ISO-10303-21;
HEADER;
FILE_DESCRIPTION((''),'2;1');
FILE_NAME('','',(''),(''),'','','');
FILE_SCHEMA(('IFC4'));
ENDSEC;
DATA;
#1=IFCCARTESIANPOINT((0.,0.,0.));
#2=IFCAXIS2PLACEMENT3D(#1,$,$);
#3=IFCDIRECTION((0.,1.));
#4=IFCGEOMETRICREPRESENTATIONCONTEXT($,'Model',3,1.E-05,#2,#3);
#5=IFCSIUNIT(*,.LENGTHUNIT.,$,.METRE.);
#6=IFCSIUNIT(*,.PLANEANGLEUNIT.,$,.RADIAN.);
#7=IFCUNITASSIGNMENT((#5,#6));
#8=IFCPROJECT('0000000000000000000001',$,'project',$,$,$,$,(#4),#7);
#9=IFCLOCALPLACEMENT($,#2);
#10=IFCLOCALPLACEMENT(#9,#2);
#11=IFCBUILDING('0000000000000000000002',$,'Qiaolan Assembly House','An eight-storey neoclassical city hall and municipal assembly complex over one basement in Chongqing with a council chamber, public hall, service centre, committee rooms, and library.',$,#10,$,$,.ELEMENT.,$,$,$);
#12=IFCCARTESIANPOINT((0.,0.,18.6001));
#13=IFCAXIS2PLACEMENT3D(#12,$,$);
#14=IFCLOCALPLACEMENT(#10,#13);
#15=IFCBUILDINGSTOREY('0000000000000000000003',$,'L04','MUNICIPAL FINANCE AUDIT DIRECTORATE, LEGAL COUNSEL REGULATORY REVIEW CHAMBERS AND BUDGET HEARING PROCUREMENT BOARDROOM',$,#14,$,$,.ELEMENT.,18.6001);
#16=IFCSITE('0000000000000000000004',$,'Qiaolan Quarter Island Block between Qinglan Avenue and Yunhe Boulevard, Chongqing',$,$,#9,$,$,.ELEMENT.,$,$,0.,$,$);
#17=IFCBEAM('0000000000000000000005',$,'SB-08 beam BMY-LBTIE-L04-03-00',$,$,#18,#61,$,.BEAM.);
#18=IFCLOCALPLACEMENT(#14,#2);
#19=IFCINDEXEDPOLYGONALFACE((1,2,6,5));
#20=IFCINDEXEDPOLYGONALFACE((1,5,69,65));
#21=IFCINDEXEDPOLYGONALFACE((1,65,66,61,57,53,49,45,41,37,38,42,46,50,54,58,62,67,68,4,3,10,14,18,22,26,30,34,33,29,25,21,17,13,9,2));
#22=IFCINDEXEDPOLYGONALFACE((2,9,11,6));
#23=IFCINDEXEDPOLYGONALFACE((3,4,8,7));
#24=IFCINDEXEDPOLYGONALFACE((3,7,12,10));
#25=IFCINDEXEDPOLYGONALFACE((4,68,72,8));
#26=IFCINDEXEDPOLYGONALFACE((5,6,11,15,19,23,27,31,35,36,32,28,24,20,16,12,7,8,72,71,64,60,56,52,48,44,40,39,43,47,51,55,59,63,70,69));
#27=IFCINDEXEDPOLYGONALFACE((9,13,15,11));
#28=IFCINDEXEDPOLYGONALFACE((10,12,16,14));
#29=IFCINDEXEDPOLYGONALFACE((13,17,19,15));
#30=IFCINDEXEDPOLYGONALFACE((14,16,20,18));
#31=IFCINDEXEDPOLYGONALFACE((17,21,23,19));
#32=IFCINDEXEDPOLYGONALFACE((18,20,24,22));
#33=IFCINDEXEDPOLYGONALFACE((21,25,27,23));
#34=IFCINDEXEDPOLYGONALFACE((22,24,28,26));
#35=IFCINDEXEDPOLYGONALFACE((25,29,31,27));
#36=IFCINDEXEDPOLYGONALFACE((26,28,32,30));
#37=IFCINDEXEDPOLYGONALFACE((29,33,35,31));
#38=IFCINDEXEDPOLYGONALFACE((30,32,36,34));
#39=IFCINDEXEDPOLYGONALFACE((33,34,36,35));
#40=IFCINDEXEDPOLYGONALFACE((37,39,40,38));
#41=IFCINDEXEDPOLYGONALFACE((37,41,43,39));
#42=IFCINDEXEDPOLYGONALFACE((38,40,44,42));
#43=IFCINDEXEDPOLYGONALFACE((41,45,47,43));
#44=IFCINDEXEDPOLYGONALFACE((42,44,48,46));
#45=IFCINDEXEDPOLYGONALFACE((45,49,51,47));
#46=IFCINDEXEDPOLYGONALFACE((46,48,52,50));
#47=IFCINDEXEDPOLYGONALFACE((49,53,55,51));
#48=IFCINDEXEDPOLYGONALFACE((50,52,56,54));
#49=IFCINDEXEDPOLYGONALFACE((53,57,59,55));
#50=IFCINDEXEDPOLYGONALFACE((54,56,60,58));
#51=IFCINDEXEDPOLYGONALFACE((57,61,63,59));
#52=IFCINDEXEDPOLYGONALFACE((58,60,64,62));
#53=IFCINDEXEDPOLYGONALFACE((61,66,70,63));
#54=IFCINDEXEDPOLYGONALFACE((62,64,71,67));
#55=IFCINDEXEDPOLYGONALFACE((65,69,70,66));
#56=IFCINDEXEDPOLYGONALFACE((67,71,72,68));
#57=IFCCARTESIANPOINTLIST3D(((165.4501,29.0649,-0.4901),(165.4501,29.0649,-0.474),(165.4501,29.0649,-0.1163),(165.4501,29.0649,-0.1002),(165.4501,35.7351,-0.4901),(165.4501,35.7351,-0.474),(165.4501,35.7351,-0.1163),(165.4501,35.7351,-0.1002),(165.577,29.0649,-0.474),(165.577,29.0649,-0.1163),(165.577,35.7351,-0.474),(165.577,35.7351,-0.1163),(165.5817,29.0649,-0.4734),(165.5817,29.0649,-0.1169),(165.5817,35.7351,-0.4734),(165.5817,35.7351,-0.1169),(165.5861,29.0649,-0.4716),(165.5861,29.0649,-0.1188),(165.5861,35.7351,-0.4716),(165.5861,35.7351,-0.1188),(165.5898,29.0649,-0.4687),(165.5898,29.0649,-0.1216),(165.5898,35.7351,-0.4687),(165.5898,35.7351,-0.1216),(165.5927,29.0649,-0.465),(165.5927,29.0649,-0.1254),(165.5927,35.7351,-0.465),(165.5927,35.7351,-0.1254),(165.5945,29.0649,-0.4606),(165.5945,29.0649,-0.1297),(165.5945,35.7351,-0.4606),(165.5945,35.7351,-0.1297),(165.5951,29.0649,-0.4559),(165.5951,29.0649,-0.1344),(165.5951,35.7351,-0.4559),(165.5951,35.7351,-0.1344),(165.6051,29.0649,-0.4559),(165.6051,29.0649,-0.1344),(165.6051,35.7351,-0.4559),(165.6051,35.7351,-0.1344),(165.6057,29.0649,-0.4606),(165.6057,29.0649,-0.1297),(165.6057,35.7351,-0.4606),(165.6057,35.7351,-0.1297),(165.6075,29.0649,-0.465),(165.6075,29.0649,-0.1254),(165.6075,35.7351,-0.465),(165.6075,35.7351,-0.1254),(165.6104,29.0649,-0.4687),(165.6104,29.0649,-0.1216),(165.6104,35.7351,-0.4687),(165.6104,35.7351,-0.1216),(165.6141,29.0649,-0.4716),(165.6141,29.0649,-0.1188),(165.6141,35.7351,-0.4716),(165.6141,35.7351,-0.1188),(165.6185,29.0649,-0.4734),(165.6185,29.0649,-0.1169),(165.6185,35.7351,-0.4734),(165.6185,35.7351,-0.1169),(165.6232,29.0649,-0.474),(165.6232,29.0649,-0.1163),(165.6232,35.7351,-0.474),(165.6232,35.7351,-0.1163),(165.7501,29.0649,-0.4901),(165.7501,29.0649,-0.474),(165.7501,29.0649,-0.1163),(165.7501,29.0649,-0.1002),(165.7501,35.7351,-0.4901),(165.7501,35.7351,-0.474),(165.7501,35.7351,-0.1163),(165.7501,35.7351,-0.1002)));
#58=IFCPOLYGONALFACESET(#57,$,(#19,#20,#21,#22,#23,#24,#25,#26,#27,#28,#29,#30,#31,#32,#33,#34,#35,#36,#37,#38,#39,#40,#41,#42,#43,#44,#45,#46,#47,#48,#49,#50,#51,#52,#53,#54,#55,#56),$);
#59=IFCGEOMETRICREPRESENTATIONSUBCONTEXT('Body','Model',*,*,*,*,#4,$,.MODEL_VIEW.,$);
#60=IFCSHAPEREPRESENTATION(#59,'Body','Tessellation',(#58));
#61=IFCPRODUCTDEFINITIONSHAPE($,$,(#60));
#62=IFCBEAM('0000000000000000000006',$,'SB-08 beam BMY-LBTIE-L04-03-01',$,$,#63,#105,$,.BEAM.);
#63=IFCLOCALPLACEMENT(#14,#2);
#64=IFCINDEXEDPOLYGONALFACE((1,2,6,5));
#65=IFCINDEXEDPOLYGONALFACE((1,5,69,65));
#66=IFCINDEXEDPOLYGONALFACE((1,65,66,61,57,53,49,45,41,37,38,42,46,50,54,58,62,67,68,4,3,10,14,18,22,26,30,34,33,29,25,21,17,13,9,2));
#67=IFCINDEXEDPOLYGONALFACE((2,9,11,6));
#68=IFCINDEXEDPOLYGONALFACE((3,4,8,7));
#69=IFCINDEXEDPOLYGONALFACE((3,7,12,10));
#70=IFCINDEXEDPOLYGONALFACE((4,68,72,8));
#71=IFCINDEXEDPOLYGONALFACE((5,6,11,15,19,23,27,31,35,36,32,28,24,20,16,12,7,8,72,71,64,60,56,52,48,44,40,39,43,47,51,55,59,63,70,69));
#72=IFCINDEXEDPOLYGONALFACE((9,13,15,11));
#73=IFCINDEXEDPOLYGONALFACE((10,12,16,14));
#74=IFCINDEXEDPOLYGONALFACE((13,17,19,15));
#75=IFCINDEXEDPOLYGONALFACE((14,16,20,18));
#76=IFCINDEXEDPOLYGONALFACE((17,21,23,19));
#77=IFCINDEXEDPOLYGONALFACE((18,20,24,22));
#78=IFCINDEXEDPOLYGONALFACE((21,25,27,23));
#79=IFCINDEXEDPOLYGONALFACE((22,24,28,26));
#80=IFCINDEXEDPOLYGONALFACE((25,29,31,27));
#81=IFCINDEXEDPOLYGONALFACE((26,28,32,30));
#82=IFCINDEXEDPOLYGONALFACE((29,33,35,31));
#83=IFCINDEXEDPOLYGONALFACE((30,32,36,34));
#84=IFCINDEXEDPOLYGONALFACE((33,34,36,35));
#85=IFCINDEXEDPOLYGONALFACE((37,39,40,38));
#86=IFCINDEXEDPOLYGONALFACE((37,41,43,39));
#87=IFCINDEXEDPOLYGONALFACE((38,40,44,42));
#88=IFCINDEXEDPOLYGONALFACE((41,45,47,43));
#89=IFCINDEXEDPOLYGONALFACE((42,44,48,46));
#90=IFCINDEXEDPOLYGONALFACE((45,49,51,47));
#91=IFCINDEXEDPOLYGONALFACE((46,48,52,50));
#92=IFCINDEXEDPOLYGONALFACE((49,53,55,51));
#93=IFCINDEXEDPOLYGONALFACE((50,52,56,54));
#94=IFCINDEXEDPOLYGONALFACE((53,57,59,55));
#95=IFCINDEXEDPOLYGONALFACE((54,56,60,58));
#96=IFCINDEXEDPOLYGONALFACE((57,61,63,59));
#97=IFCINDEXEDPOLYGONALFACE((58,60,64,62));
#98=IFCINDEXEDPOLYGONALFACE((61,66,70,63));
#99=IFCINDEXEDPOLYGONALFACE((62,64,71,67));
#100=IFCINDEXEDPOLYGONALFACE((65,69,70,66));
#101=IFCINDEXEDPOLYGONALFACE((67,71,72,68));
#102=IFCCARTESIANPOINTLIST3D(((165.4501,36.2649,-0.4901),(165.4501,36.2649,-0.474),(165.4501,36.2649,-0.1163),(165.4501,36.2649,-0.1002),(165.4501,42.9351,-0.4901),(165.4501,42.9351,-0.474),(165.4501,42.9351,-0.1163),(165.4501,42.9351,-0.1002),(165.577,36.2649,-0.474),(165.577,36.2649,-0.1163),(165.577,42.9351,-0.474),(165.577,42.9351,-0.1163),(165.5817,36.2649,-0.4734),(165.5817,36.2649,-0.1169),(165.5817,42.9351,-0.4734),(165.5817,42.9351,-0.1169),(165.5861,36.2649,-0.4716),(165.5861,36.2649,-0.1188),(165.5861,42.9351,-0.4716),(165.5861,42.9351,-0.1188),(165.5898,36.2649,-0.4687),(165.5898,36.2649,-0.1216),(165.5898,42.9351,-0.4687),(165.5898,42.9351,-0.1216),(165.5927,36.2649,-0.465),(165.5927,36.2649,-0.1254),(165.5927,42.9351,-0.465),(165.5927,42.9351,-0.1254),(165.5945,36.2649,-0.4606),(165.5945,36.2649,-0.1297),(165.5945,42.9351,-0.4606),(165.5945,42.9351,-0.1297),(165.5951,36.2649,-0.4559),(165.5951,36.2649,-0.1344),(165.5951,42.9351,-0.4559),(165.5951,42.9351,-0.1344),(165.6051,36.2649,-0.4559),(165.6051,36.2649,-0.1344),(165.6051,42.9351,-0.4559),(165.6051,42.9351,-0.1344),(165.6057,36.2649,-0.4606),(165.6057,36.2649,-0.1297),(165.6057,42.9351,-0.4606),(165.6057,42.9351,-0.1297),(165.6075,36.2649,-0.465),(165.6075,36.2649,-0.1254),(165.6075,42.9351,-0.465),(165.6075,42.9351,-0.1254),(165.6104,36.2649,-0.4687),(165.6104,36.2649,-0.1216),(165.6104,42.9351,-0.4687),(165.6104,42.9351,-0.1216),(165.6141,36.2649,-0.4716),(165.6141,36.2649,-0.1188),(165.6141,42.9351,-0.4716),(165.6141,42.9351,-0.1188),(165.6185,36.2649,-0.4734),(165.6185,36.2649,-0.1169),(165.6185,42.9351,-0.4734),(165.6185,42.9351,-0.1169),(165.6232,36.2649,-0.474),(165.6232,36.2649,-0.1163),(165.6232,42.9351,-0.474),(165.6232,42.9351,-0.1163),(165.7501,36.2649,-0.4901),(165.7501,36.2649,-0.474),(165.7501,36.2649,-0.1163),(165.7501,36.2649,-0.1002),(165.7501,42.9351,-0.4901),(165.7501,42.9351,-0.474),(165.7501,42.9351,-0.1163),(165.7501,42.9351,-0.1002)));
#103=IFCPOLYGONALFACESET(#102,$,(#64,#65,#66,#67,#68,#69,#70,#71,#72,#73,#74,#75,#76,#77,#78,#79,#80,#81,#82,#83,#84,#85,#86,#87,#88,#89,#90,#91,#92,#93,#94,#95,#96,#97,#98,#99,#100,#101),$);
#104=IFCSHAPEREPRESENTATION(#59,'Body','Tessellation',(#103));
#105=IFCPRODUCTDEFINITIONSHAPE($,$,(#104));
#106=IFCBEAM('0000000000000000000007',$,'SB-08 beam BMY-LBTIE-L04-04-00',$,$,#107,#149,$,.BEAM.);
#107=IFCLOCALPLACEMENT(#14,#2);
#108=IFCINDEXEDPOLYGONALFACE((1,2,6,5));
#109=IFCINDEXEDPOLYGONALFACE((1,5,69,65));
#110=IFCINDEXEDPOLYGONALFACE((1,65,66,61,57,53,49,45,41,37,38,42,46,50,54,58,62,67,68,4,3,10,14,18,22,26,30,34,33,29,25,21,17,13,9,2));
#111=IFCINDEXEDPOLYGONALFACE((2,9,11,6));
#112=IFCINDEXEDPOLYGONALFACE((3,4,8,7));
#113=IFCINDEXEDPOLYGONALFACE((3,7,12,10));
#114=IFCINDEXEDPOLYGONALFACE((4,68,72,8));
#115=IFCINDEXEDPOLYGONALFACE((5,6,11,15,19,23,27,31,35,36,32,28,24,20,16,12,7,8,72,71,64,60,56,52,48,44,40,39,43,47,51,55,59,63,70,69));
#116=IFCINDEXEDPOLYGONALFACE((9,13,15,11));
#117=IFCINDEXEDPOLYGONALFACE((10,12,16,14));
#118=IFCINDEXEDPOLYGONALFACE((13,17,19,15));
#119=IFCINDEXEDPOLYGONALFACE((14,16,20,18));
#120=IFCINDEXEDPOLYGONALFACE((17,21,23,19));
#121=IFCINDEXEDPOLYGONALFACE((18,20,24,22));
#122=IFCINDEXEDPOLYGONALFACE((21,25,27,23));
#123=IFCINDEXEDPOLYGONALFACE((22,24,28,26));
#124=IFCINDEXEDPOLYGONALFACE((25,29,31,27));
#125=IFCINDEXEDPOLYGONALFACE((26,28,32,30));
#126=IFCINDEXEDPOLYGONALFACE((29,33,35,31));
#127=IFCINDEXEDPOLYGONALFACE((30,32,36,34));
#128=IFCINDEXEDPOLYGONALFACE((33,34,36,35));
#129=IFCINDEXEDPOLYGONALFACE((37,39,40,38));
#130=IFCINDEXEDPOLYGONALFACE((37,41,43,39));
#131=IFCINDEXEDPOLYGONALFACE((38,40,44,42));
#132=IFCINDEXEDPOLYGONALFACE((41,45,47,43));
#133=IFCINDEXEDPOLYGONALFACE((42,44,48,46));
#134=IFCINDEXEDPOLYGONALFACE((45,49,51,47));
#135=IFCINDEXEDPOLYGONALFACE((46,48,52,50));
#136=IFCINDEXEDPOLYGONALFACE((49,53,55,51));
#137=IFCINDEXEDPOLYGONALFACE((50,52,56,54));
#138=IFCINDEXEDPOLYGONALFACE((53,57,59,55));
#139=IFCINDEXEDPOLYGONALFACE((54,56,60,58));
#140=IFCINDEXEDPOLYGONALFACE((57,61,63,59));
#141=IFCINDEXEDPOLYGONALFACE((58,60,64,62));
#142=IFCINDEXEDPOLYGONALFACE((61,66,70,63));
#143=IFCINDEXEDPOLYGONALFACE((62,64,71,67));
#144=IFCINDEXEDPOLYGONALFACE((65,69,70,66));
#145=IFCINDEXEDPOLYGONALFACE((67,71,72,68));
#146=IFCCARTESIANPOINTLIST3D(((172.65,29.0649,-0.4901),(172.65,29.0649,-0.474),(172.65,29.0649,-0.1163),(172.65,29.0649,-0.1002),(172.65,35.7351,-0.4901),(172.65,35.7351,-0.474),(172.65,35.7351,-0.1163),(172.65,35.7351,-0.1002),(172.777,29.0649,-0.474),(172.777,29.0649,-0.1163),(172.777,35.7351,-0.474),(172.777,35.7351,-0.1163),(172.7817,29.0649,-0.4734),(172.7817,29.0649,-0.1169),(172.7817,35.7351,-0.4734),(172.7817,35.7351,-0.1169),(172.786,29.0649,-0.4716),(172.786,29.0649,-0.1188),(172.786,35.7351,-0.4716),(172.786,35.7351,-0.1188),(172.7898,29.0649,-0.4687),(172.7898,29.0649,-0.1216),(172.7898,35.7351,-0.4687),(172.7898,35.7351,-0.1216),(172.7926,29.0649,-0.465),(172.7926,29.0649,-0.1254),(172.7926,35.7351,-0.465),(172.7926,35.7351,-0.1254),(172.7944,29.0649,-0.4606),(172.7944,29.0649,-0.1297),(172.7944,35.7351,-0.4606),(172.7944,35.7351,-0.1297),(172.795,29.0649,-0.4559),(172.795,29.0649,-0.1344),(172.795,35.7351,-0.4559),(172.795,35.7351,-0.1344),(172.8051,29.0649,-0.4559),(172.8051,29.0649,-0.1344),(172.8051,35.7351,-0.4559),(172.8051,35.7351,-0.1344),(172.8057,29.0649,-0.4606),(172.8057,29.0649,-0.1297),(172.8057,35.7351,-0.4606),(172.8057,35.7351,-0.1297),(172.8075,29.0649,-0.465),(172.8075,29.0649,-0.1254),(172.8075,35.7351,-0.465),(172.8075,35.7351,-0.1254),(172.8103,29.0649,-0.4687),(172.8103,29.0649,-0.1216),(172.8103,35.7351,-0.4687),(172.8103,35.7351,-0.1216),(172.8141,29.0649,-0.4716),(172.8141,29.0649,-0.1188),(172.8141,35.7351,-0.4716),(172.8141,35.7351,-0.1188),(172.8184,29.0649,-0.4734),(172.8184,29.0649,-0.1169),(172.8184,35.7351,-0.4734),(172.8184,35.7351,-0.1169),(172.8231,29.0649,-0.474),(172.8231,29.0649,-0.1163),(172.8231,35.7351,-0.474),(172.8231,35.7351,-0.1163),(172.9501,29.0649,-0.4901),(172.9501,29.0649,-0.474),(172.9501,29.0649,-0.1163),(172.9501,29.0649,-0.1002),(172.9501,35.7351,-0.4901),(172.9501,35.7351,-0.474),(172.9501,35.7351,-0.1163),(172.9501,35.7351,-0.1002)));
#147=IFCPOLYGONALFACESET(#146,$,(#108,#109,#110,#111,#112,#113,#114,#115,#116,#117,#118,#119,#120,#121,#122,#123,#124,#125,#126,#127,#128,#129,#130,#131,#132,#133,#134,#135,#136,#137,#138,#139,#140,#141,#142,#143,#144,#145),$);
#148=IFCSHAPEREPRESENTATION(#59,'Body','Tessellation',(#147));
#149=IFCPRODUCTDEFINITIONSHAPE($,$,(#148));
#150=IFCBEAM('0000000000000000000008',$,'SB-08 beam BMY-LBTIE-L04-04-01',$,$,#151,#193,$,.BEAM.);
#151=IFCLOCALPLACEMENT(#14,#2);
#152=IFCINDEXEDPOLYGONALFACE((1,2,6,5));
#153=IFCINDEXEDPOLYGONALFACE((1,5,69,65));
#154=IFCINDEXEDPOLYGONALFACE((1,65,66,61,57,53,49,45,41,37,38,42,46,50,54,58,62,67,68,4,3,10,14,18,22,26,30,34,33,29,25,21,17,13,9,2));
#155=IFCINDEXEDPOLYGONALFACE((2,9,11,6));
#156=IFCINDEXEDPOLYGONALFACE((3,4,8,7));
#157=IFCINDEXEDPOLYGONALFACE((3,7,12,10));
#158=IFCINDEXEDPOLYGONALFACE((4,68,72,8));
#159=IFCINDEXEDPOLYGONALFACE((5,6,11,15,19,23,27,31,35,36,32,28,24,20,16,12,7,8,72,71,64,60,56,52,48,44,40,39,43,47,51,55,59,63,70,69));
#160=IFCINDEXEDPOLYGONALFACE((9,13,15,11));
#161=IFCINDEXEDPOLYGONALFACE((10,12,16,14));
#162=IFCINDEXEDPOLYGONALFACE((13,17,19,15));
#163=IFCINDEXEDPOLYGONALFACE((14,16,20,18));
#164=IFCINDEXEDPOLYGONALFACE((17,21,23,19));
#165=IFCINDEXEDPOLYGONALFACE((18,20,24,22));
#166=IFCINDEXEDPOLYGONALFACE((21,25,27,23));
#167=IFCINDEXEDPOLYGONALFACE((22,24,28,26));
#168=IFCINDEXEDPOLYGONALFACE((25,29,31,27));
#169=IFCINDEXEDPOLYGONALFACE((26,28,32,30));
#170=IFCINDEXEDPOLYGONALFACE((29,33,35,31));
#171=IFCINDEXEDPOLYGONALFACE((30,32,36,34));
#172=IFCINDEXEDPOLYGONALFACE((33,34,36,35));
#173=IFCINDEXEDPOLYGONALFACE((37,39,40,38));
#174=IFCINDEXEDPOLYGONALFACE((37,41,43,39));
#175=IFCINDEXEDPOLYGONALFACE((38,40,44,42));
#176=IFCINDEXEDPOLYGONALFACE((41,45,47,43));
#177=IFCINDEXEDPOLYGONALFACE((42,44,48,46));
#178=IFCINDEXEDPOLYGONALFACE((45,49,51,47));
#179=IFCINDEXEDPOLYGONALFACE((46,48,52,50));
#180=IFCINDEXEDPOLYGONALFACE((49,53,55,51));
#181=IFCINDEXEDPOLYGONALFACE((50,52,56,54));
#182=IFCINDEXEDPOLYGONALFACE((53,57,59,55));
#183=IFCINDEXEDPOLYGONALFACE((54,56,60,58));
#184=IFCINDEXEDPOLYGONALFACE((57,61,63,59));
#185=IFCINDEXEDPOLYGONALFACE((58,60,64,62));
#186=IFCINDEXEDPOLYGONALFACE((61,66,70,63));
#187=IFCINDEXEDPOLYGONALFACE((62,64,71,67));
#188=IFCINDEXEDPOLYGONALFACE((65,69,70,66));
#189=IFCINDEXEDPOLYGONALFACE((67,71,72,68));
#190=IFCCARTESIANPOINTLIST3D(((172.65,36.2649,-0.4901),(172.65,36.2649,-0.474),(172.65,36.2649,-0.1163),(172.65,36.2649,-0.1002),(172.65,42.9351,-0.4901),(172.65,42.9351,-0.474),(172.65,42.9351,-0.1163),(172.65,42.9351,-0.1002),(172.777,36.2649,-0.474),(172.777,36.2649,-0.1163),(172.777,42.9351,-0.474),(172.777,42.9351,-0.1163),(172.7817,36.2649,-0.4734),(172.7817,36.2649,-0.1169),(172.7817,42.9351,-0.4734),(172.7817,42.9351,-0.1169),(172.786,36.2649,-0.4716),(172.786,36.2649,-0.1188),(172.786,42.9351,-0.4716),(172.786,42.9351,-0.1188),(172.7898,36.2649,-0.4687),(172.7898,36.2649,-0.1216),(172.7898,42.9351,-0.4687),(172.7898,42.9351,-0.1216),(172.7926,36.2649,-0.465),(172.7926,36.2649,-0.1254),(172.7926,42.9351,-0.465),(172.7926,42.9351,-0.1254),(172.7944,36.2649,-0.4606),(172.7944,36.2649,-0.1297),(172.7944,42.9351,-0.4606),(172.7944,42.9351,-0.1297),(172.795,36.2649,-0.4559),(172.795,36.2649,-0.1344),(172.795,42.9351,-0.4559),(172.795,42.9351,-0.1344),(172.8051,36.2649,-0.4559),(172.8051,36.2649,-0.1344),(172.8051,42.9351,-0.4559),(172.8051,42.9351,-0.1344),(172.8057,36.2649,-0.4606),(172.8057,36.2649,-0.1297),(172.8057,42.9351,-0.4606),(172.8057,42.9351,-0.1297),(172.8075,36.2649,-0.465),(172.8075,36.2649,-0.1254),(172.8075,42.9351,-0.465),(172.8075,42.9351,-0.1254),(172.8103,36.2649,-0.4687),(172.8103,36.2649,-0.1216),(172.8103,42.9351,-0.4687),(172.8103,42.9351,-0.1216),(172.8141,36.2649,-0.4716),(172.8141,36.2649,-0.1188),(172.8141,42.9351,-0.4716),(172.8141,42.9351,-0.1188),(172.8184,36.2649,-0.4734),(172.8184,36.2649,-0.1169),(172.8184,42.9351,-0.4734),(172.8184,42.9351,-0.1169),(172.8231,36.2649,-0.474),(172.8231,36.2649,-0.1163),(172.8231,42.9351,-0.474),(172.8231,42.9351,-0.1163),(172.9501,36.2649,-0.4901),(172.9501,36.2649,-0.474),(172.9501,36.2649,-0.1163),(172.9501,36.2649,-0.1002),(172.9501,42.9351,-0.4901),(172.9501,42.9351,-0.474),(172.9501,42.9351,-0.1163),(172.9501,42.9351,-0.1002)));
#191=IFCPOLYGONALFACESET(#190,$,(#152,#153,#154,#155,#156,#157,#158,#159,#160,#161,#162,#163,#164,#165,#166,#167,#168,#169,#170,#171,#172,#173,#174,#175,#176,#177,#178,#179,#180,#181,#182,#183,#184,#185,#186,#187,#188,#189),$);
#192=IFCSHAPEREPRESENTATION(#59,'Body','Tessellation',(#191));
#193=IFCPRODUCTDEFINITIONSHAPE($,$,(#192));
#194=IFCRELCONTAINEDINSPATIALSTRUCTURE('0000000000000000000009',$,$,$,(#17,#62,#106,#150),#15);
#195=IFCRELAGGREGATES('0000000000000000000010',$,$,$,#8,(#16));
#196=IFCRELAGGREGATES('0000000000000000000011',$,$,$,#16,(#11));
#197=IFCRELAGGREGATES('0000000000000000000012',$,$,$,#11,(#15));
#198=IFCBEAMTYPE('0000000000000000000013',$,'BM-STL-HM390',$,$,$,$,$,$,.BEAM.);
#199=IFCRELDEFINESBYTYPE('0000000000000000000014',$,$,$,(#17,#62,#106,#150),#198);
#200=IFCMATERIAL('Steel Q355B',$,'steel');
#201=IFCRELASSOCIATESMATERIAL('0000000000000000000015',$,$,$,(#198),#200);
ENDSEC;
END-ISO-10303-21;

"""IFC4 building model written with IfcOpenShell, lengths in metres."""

from ifc_helpers import new_model, si_unit, direction, frame, origin, origin_2d, place, context, subcontext, project, spatial, i_section, extrude, material, material_profile, profile_set, type_object, element, save


model = new_model("IFC4")

# Units and contexts
model_context = context("Model", 3, precision=1e-05, world=origin(), true_north=direction((0.0, 1.0)))
body_context = subcontext(model_context, "Body", "Model", "MODEL_VIEW")
ifc_project = project(units=[si_unit("LENGTHUNIT", "METRE"), si_unit("PLANEANGLEUNIT", "RADIAN")], contexts=[model_context])

# Site, building, storey
site_placement = place(None, origin())
site = spatial("IfcSite", under=ifc_project, at=site_placement, Name="Qiaolan Quarter Island Block between Qinglan Avenue and Yunhe Boulevard, Chongqing", CompositionType="ELEMENT", RefElevation=0.0)
building_placement = place(site_placement, origin())
building = spatial("IfcBuilding", under=site, at=building_placement, Name="Qiaolan Assembly House", Description="An eight-storey neoclassical city hall and municipal assembly complex over one basement in Chongqing with a council chamber, public hall, service centre, committee rooms, and library.", CompositionType="ELEMENT")
storey_placement = place(building_placement, frame((0.0, 0.0, 18.6001)))
storey = spatial("IfcBuildingStorey", under=building, at=storey_placement, Name="L04", Description="MUNICIPAL FINANCE AUDIT DIRECTORATE, LEGAL COUNSEL REGULATORY REVIEW CHAMBERS AND BUDGET HEARING PROCUREMENT BOARDROOM", CompositionType="ELEMENT", Elevation=18.6001)

# Beams
ifc_material = material(Name="Steel Q355B", Category="steel")
ifc_material_profile_1 = material_profile(ifc_material, i_section(OverallWidth=0.3, OverallDepth=0.3899, WebThickness=0.01, FlangeThickness=0.0161, FilletRadius=0.0181, at=origin_2d()), Name="HM 390x300x10x16")
ifc_profile_set_1 = profile_set([ifc_material_profile_1], Name="Steel Q355B")
beam_type_1 = type_object("IfcBeamType", Name="BM-STL-HM390", PredefinedType="BEAM", material=ifc_profile_set_1)
for number, where, z_axis, x_axis, name in (
    (1, (165.6001, 29.0649, -0.2952), (0.0, 1.0, 0.0), (-1.0, 0.0, 0.0), "SB-08 beam BMY-LBTIE-L04-03-00"),
    (2, (165.6001, 36.2649, -0.2952), (0.0, 1.0, 0.0), (-1.0, 0.0, 0.0), "SB-08 beam BMY-LBTIE-L04-03-01"),
    (3, (172.8, 29.0649, -0.2952), (0.0, 1.0, 0.0), (-1.0, 0.0, 0.0), "SB-08 beam BMY-LBTIE-L04-04-00"),
    (4, (172.8, 36.2649, -0.2952), (0.0, 1.0, 0.0), (-1.0, 0.0, 0.0), "SB-08 beam BMY-LBTIE-L04-04-01"),
):
    element("IfcBeam", number, at=place(storey_placement, frame(where, z_axis=z_axis, x_axis=x_axis)), inside=storey, type_object=beam_type_1, Name=name, PredefinedType="BEAM", context=body_context, shape_type="SweptSolid", body=[
        extrude(i_section(OverallWidth=0.3, OverallDepth=0.3899, WebThickness=0.01, FlangeThickness=0.0161, FilletRadius=0.0181, at=origin_2d()), origin(), (0.0, 0.0, 1.0), 6.6702),
    ])

save(model, "model.ifc")
